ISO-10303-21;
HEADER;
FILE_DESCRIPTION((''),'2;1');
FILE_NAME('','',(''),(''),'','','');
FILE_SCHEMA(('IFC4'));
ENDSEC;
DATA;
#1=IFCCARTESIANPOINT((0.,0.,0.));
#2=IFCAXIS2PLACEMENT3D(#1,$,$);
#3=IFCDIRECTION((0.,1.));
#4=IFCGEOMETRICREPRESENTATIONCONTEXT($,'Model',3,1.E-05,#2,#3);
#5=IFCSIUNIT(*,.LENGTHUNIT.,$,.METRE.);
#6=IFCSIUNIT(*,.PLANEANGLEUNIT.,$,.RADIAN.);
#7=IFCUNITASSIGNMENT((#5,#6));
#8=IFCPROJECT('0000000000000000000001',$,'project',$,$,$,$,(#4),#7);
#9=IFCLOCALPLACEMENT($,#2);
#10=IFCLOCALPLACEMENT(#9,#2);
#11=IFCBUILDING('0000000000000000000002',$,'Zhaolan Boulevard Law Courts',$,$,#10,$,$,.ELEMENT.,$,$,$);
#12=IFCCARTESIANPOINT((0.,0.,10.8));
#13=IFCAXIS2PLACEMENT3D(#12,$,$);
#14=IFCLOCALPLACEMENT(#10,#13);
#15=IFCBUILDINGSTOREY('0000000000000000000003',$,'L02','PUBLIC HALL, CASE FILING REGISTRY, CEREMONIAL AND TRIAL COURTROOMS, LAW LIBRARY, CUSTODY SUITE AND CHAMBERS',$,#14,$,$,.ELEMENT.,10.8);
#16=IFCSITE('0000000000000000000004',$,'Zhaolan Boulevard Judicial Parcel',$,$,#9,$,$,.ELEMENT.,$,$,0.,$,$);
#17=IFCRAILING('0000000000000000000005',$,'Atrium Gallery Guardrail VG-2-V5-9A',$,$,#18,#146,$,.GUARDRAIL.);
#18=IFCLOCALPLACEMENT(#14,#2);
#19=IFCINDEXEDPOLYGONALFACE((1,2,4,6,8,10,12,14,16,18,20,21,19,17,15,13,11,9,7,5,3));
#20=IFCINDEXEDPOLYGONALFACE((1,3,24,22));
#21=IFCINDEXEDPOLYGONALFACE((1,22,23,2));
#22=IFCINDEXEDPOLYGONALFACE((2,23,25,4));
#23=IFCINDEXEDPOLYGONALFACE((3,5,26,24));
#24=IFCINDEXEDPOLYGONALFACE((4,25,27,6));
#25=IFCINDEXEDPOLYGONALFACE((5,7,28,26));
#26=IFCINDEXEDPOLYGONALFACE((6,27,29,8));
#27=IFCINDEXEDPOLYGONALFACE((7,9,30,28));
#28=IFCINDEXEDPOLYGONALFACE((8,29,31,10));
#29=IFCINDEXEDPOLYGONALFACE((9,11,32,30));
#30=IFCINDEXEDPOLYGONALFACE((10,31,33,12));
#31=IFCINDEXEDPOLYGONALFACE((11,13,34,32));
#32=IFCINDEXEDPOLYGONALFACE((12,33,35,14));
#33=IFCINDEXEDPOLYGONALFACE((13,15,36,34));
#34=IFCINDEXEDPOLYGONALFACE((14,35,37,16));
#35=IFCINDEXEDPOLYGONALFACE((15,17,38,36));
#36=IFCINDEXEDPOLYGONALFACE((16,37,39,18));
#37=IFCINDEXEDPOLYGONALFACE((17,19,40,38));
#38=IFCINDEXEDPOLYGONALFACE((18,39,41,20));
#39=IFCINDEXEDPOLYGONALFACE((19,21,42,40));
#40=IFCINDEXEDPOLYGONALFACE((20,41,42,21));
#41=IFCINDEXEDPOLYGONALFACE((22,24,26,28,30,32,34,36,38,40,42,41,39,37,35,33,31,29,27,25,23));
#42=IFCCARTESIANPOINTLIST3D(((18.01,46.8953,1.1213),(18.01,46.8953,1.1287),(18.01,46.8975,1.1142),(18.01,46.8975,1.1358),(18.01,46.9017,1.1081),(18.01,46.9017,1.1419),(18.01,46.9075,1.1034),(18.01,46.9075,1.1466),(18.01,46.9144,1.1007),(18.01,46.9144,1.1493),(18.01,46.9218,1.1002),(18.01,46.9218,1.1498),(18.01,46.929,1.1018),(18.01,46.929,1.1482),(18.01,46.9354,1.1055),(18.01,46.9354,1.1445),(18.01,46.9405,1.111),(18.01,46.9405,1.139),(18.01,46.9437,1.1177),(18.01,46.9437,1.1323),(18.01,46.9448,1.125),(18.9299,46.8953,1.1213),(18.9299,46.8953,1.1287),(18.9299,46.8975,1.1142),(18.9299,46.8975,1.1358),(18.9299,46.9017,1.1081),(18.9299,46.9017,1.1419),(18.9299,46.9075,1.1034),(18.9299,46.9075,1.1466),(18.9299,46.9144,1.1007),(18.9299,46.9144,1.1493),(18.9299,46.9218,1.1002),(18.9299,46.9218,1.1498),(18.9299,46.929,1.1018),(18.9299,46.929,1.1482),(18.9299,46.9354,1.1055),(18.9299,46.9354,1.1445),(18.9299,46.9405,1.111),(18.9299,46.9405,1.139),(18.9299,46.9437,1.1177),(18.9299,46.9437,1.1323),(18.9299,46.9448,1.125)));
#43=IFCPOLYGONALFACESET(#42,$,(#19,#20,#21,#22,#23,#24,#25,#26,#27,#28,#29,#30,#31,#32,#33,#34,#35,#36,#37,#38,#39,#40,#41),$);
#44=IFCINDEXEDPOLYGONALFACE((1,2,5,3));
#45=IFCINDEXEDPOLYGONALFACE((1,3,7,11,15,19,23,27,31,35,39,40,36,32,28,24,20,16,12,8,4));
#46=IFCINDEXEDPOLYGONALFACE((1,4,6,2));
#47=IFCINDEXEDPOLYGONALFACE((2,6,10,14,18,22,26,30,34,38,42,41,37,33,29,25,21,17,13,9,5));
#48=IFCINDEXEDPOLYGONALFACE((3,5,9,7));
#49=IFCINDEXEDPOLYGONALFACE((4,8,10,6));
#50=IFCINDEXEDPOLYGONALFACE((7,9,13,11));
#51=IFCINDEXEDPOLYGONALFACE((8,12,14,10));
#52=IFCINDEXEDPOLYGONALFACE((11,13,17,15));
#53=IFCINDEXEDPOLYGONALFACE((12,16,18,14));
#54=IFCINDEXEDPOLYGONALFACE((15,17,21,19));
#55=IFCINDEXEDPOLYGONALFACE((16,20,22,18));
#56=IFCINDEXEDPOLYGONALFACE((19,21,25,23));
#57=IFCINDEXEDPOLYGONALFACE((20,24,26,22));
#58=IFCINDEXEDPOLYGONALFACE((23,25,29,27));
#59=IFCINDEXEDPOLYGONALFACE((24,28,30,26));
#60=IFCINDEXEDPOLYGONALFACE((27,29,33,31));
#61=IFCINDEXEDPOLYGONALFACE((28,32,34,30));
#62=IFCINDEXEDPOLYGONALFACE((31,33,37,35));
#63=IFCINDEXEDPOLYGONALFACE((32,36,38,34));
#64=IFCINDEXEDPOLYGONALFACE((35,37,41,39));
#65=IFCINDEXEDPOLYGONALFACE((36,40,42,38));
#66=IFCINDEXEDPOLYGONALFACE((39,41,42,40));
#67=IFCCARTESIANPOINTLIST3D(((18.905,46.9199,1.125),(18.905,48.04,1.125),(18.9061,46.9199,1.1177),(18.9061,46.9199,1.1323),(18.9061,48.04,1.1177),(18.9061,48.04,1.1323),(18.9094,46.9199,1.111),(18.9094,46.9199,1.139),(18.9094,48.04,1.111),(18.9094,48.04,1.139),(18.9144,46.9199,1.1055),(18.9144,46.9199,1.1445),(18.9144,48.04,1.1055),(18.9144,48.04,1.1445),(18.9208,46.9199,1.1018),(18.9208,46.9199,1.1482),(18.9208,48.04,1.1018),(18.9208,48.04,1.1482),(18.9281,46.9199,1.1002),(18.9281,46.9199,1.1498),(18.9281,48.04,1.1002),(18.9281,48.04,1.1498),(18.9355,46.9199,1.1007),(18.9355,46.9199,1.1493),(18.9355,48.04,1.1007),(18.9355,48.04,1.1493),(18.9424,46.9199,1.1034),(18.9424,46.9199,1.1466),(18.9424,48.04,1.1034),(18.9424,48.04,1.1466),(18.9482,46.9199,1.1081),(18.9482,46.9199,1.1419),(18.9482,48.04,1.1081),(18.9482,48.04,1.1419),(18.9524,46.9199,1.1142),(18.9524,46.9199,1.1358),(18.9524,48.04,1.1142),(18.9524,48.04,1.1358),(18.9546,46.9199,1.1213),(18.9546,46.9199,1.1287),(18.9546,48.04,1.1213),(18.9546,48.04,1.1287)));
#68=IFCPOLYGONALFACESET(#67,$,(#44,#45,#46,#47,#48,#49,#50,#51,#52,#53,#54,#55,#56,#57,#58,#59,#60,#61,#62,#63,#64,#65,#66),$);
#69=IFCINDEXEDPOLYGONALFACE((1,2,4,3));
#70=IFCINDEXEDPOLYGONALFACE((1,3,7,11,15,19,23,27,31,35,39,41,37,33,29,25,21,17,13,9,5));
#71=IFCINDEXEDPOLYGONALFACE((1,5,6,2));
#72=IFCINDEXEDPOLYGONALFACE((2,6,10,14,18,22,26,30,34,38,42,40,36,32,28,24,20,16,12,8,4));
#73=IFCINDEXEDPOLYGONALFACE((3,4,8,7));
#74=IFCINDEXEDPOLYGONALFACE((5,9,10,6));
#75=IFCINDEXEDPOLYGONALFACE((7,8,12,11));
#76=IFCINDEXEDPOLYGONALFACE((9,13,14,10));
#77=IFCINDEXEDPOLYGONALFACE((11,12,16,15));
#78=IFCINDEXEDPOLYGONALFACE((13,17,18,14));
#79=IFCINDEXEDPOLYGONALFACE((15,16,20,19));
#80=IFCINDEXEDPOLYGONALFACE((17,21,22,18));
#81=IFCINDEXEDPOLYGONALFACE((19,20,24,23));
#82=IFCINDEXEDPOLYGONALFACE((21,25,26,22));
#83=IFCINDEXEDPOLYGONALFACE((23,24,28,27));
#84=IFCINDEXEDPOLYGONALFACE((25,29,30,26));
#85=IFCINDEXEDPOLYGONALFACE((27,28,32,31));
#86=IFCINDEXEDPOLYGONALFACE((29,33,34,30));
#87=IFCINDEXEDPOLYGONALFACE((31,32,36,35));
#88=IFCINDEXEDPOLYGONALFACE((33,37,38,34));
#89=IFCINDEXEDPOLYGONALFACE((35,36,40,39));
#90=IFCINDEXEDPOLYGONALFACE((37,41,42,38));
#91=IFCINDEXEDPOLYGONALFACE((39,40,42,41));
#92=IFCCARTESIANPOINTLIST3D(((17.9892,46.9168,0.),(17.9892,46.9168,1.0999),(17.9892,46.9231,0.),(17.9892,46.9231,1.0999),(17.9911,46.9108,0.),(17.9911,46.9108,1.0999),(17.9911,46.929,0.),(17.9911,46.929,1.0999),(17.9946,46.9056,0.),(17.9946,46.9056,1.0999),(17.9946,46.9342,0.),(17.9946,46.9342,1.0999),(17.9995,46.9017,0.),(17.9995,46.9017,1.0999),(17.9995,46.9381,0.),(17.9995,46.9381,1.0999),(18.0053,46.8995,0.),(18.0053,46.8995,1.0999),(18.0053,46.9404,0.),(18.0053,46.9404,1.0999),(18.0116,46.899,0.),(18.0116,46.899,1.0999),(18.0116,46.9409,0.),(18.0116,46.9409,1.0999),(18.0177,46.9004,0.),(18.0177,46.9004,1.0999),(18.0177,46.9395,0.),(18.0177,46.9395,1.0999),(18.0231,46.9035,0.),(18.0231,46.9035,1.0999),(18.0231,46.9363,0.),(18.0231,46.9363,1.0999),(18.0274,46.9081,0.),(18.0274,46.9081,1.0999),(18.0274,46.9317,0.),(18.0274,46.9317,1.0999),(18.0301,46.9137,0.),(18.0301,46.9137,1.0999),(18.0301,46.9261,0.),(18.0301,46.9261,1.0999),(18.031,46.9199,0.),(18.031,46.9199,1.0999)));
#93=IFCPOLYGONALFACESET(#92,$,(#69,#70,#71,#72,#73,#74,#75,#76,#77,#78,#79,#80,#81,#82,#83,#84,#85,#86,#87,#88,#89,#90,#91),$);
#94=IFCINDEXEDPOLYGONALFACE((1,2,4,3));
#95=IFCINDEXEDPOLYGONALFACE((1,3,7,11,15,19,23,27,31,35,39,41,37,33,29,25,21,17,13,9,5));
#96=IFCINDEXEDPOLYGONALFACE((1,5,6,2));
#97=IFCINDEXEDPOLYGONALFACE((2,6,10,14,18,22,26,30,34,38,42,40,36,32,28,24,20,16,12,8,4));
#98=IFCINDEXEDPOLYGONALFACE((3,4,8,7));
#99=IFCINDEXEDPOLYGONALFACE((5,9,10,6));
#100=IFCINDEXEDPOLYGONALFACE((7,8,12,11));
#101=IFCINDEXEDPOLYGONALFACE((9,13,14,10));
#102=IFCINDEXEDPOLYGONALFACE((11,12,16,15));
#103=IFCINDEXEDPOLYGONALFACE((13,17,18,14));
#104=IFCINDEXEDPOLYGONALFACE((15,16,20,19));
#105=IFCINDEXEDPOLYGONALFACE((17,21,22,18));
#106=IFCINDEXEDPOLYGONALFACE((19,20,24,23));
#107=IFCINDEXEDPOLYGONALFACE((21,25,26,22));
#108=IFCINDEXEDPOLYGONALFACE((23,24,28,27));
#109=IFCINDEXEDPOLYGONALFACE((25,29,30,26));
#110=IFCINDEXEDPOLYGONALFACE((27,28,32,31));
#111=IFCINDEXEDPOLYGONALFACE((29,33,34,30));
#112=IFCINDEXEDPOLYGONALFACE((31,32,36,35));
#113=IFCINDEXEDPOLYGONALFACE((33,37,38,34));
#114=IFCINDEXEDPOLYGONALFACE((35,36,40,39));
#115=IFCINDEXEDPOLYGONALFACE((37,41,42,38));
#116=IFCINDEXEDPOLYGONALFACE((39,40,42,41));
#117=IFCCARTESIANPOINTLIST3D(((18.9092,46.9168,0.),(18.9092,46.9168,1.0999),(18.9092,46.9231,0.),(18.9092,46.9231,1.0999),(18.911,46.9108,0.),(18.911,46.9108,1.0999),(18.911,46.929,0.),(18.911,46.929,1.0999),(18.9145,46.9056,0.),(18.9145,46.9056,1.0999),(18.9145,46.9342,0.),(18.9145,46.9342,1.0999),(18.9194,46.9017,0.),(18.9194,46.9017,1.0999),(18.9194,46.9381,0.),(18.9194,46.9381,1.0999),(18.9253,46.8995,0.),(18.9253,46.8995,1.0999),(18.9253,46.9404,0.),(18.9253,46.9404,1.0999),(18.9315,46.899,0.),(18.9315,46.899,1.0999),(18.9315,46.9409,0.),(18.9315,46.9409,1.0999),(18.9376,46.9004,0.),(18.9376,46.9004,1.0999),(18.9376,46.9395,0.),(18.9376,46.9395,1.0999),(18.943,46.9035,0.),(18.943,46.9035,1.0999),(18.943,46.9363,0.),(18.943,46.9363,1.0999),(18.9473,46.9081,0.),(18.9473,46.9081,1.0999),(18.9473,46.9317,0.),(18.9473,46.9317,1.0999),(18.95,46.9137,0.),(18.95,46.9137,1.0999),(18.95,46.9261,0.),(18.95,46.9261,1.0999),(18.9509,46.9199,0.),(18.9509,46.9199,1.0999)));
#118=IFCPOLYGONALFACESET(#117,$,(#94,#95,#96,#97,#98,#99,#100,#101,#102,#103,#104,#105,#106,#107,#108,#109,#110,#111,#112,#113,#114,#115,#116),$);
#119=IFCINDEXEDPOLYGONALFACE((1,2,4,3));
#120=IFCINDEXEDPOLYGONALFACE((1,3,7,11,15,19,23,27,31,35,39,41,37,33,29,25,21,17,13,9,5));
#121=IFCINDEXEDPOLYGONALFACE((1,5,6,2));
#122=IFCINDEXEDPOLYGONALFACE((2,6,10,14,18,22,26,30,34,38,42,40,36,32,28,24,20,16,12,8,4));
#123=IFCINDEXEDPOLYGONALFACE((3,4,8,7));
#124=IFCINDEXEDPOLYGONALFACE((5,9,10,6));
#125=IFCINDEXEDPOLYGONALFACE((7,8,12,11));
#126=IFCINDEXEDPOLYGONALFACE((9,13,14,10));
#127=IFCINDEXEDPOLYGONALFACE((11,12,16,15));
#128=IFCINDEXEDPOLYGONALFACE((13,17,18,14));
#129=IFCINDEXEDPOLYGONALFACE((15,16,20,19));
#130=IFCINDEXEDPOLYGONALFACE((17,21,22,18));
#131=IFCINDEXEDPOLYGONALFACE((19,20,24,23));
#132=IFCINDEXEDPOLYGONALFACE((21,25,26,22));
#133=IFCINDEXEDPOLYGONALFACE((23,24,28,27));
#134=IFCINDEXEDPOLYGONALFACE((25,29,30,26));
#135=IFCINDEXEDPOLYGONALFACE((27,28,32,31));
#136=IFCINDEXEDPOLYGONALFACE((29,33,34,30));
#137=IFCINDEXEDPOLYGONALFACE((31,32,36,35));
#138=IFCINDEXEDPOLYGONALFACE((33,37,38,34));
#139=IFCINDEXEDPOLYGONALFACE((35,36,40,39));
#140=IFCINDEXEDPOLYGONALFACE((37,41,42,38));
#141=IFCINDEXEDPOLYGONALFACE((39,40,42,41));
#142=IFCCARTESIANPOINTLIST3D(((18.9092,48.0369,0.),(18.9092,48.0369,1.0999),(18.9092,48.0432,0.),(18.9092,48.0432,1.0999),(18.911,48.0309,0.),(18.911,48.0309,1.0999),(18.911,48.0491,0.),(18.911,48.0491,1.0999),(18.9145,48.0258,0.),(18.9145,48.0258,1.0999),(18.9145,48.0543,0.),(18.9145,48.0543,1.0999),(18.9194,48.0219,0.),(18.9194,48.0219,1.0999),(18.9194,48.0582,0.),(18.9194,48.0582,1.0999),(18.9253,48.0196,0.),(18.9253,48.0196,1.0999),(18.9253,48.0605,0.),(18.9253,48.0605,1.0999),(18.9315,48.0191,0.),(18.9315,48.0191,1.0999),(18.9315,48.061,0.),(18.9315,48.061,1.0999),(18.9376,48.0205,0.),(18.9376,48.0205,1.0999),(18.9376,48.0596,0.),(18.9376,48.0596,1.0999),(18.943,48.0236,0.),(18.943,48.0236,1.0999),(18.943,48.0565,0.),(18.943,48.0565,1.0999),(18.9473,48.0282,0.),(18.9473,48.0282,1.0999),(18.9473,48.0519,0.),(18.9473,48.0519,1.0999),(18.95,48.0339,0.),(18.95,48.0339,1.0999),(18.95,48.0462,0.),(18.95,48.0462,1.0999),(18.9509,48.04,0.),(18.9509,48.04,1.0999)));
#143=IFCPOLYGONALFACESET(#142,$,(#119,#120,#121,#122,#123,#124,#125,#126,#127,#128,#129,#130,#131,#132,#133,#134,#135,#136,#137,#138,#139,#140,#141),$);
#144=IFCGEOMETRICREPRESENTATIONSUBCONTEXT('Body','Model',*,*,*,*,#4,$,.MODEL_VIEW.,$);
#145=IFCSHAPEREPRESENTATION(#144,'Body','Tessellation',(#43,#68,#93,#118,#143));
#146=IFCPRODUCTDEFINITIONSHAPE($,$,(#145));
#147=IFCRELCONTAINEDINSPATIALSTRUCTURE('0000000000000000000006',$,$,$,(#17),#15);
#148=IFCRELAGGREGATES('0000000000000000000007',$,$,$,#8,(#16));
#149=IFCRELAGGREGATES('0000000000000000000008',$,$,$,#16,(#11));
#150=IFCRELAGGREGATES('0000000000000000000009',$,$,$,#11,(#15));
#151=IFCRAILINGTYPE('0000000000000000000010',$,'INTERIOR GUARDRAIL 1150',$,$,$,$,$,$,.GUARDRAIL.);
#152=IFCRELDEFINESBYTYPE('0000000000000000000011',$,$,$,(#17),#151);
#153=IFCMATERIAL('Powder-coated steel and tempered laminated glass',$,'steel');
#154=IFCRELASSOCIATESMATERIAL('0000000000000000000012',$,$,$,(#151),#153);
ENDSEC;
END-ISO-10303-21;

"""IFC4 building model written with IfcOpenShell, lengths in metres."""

from ifc_helpers import new_model, si_unit, direction, frame, origin, origin_2d, place, context, subcontext, project, spatial, circle, extrude, material, type_object, element, save


model = new_model("IFC4")

# Units and contexts
model_context = context("Model", 3, precision=1e-05, world=origin(), true_north=direction((0.0, 1.0)))
body_context = subcontext(model_context, "Body", "Model", "MODEL_VIEW")
ifc_project = project(units=[si_unit("LENGTHUNIT", "METRE"), si_unit("PLANEANGLEUNIT", "RADIAN")], contexts=[model_context])

# Site, building, storey
site_placement = place(None, origin())
site = spatial("IfcSite", under=ifc_project, at=site_placement, Name="Zhaolan Boulevard Judicial Parcel", CompositionType="ELEMENT", RefElevation=0.0)
building_placement = place(site_placement, origin())
building = spatial("IfcBuilding", under=site, at=building_placement, Name="Zhaolan Boulevard Law Courts", CompositionType="ELEMENT")
storey_placement = place(building_placement, frame((0.0, 0.0, 10.8)))
storey = spatial("IfcBuildingStorey", under=building, at=storey_placement, Name="L02", Description="PUBLIC HALL, CASE FILING REGISTRY, CEREMONIAL AND TRIAL COURTROOMS, LAW LIBRARY, CUSTODY SUITE AND CHAMBERS", CompositionType="ELEMENT", Elevation=10.8)

# Railing
ifc_material_1 = material(Name="Powder-coated steel and tempered laminated glass", Category="steel")
railing_type_1 = type_object("IfcRailingType", Name="INTERIOR GUARDRAIL 1150", PredefinedType="GUARDRAIL", material=ifc_material_1)
railing_1_placement = place(storey_placement, frame((18.01, 46.9199, 0.0)))
element("IfcRailing", 1, at=railing_1_placement, inside=storey, type_object=railing_type_1, Name="Atrium Gallery Guardrail VG-2-V5-9A", PredefinedType="GUARDRAIL", context=body_context, shape_type="SweptSolid", body=[
    extrude(circle(Radius=0.0249, at=origin_2d()), frame((0.0, 0.0, 1.125), z_axis=(1.0, 0.0, 0.0), x_axis=(0.0, 1.0, 0.0)), (0.0, 0.0, 1.0), 0.9199),
    extrude(circle(Radius=0.0249, at=origin_2d()), frame((0.9199, 0.0, 1.125), z_axis=(0.0, 1.0, 0.0), x_axis=(-1.0, 0.0, 0.0)), (0.0, 0.0, 1.0), 1.1201),
    extrude(circle(Radius=0.021, at=origin_2d()), origin(), (0.0, 0.0, 1.0), 1.0999),
    extrude(circle(Radius=0.021, at=origin_2d()), frame((0.9199, 0.0, 0.0)), (0.0, 0.0, 1.0), 1.0999),
    extrude(circle(Radius=0.021, at=origin_2d()), frame((0.9199, 1.1201, 0.0)), (0.0, 0.0, 1.0), 1.0999),
])

save(model, "model.ifc")
